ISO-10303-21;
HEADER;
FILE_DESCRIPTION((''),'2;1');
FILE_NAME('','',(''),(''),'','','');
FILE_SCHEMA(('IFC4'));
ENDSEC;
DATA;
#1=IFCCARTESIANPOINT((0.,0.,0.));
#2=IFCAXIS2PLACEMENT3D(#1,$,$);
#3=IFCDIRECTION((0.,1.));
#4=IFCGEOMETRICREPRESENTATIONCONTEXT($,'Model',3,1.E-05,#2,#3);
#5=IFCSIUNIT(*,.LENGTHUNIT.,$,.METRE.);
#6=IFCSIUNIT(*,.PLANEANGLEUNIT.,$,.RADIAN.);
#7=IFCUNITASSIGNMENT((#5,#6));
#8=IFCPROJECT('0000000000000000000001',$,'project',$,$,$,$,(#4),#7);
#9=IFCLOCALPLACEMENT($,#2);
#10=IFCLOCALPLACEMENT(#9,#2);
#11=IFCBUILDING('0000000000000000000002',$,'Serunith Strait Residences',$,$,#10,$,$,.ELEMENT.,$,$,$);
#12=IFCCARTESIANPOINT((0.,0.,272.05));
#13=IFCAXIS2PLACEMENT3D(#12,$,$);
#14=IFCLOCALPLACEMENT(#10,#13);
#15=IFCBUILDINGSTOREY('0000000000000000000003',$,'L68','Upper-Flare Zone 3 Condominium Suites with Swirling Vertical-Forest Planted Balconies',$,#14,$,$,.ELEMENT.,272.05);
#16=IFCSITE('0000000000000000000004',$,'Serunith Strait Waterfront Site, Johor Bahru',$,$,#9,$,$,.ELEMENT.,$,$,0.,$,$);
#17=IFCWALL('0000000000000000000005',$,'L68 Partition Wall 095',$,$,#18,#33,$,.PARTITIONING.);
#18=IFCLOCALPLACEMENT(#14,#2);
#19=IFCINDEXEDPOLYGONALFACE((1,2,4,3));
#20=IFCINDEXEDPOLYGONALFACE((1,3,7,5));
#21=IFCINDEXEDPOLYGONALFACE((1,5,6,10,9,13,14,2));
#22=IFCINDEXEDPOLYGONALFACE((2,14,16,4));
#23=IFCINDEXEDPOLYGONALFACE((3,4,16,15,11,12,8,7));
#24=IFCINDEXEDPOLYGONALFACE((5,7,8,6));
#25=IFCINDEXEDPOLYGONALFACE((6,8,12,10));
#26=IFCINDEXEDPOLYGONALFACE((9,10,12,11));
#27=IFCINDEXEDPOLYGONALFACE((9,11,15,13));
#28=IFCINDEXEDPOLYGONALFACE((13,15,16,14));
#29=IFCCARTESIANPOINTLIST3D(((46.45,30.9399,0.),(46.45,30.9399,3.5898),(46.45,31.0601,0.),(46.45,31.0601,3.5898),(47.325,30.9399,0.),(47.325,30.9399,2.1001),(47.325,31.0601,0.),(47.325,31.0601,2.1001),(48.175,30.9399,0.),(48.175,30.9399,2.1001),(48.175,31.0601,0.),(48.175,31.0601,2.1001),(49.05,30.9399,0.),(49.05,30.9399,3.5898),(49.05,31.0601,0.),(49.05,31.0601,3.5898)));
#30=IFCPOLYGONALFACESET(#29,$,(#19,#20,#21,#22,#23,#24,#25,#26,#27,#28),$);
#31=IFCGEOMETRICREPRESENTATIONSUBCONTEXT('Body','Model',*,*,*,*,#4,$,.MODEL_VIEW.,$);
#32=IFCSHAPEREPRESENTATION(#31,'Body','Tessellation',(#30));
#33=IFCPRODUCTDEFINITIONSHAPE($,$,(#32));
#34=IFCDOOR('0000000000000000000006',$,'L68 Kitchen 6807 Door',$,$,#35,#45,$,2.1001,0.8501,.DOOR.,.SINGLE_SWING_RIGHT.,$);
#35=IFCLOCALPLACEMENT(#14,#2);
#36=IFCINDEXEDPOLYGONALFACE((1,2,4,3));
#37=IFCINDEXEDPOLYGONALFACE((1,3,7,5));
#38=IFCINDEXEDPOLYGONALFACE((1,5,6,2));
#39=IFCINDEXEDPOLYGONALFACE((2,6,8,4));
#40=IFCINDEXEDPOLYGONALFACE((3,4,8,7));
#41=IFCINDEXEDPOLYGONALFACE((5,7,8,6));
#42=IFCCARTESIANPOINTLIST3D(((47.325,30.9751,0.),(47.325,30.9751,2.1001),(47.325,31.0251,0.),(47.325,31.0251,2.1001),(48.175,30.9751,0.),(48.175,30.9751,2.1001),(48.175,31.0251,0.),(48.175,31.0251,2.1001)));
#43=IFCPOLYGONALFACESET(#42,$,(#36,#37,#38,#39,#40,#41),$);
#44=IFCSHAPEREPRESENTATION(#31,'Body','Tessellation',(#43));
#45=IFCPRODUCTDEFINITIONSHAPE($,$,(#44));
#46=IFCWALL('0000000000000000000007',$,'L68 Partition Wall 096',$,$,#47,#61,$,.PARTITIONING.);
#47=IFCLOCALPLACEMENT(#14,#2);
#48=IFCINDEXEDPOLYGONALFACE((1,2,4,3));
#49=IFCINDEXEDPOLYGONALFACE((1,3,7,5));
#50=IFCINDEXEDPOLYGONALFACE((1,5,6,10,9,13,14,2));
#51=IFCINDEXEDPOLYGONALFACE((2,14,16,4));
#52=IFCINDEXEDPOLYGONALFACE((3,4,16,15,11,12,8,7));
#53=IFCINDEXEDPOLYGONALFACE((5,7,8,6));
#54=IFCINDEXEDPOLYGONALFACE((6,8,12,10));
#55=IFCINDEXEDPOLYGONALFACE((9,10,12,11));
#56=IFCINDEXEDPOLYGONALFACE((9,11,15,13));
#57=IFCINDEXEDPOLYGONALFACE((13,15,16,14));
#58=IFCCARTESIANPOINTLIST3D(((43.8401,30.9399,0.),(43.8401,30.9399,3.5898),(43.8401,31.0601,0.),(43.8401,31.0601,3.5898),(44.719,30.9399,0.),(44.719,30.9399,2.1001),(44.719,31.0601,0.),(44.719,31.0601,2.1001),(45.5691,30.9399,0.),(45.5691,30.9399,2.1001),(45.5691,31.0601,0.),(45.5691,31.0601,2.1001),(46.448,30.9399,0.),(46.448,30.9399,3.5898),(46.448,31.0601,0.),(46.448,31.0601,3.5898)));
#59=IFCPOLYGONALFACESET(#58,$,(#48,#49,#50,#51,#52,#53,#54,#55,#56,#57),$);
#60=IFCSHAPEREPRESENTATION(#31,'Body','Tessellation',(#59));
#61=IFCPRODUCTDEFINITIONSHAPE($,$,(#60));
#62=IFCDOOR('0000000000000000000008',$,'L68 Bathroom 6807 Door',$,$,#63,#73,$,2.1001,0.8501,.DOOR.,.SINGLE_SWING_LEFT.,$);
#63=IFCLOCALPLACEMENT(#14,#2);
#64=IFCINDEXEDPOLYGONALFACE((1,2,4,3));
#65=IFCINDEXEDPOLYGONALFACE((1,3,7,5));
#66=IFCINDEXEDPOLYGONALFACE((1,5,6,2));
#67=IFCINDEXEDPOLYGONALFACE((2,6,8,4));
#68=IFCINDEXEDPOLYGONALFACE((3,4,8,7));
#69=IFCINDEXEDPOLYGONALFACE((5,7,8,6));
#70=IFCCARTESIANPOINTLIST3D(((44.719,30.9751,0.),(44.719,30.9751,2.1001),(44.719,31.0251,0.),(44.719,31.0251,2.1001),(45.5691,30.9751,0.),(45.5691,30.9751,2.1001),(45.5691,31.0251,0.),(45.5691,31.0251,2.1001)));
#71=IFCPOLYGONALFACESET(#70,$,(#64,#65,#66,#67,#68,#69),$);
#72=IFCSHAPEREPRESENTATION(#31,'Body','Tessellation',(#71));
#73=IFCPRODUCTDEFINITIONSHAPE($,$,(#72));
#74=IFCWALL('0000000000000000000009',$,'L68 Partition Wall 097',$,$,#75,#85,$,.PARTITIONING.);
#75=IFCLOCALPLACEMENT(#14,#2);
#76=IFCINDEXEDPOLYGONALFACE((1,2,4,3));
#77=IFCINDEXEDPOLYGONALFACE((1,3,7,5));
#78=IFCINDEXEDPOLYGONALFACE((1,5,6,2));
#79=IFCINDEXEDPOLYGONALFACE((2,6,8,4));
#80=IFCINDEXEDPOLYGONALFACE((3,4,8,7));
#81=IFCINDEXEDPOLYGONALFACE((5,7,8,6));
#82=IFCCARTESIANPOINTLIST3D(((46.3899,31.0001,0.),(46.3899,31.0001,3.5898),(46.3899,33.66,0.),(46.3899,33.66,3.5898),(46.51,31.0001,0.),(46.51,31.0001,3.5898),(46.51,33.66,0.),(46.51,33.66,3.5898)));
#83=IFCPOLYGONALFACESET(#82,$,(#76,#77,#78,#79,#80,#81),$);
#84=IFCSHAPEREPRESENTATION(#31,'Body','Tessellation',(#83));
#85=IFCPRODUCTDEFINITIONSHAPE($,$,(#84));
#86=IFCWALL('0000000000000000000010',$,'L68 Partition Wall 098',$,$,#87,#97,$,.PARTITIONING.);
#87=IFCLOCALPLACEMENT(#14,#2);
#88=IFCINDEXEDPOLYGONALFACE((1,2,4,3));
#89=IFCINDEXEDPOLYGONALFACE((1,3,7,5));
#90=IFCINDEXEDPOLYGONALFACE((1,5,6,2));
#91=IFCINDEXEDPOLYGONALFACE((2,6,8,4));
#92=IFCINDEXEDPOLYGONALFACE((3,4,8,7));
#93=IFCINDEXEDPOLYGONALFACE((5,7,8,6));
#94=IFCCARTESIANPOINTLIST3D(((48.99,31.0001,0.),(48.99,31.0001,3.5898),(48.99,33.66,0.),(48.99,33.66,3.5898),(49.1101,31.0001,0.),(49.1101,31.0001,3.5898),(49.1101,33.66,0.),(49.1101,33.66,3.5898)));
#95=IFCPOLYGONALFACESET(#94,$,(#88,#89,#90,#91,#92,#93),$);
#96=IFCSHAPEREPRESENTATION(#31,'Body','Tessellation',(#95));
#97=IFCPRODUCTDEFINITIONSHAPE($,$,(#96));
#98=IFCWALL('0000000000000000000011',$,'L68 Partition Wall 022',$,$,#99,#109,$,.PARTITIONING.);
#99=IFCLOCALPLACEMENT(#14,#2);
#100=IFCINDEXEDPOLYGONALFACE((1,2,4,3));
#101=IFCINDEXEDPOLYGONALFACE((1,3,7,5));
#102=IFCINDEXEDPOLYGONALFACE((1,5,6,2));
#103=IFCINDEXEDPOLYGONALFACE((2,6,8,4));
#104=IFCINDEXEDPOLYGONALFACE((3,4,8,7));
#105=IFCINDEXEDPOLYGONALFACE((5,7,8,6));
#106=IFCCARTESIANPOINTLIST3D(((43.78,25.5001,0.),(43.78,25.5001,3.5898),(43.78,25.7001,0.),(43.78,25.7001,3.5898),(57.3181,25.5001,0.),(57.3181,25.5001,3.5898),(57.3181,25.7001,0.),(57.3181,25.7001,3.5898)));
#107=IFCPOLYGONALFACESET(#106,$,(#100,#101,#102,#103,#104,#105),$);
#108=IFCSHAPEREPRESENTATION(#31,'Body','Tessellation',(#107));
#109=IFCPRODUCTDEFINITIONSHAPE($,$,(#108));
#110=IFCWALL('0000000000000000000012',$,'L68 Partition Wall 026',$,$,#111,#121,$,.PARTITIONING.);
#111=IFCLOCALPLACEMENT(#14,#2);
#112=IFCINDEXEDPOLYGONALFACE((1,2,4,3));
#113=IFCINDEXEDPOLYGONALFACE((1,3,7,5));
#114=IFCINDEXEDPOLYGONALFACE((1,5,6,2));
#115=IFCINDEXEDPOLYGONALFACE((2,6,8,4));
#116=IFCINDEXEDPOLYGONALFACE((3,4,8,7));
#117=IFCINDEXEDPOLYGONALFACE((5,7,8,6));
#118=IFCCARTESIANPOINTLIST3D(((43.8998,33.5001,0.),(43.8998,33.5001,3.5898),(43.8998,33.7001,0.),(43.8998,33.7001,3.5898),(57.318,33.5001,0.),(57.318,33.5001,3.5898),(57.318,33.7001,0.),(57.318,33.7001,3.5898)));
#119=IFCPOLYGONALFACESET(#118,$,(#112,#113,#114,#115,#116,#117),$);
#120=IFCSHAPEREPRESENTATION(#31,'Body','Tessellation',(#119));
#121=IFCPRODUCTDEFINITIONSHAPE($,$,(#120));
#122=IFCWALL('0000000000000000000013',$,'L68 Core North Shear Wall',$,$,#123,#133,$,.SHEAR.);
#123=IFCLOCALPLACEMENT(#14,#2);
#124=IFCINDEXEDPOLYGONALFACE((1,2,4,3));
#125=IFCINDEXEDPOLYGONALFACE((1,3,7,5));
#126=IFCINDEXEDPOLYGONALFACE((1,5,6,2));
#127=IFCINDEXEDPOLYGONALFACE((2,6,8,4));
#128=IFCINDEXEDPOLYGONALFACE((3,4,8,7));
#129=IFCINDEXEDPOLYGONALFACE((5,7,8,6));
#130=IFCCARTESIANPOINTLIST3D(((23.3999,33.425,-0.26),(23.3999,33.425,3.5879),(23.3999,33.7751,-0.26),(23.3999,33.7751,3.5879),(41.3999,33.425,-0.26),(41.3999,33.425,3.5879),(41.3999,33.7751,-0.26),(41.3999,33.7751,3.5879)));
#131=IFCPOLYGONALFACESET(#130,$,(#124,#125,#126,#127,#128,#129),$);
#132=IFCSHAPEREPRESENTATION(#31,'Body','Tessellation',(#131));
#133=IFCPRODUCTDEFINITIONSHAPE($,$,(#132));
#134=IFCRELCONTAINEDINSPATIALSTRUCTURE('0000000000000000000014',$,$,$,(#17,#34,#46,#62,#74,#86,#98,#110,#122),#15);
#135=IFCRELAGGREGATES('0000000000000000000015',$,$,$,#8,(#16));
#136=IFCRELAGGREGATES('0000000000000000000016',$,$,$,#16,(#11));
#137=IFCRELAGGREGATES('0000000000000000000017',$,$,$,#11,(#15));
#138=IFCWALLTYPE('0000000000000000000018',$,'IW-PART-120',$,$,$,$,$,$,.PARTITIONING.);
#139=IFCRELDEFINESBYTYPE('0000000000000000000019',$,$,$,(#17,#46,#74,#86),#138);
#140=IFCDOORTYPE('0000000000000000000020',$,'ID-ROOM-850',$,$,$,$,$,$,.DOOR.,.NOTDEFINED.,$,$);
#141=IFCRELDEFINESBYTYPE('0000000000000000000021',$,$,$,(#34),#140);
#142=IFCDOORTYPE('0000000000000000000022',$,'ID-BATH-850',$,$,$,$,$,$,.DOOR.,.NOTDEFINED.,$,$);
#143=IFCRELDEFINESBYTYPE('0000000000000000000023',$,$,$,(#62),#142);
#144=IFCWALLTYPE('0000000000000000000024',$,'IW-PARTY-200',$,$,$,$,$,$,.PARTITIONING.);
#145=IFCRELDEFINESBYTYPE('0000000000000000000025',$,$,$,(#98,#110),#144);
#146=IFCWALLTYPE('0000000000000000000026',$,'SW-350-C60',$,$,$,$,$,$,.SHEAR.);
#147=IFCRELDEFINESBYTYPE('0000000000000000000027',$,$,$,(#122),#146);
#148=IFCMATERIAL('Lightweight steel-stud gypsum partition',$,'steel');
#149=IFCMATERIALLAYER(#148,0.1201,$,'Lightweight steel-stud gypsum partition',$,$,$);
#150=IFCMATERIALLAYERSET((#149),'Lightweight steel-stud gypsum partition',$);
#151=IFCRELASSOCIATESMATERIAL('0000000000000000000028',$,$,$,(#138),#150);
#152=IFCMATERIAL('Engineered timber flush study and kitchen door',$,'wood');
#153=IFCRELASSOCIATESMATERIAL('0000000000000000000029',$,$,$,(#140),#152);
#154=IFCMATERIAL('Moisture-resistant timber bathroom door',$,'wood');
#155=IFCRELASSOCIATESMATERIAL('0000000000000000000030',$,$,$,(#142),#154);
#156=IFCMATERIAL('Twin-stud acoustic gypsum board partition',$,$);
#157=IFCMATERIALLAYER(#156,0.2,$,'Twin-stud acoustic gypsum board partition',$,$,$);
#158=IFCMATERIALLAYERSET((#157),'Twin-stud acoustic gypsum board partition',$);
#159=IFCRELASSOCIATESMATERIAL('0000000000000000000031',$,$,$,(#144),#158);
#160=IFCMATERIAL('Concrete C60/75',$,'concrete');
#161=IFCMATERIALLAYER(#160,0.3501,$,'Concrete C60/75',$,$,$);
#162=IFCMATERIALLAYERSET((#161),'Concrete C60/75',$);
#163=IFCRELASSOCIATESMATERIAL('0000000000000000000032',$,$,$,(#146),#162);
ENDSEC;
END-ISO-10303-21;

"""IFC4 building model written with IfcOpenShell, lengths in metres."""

from ifc_helpers import new_model, si_unit, direction, frame, frame_2d, origin, place, context, subcontext, project, spatial, rectangle, extrude, source, transform, mapped, material, layer, layer_set, type_object, element, fill, save


model = new_model("IFC4")

# Units and contexts
model_context = context("Model", 3, precision=1e-05, world=origin(), true_north=direction((0.0, 1.0)))
body_context = subcontext(model_context, "Body", "Model", "MODEL_VIEW")
ifc_project = project(units=[si_unit("LENGTHUNIT", "METRE"), si_unit("PLANEANGLEUNIT", "RADIAN")], contexts=[model_context])

# Site, building, storey
site_placement = place(None, origin())
site = spatial("IfcSite", under=ifc_project, at=site_placement, Name="Serunith Strait Waterfront Site, Johor Bahru", CompositionType="ELEMENT", RefElevation=0.0)
building_placement = place(site_placement, origin())
building = spatial("IfcBuilding", under=site, at=building_placement, Name="Serunith Strait Residences", CompositionType="ELEMENT")
storey_placement = place(building_placement, frame((0.0, 0.0, 272.05)))
storey = spatial("IfcBuildingStorey", under=building, at=storey_placement, Name="L68", Description="Upper-Flare Zone 3 Condominium Suites with Swirling Vertical-Forest Planted Balconies", CompositionType="ELEMENT", Elevation=272.05)

# Walls, openings, doors
ifc_material_1 = material(Name="Lightweight steel-stud gypsum partition", Category="steel")
ifc_layer_1 = layer(ifc_material_1, 0.1201, Name="Lightweight steel-stud gypsum partition")
ifc_layer_set_1 = layer_set([ifc_layer_1], Name="Lightweight steel-stud gypsum partition")
wall_type_1 = type_object("IfcWallType", Name="IW-PART-120", PredefinedType="PARTITIONING", material=ifc_layer_set_1)
wall_1_placement = place(storey_placement, frame((49.05, 31.0, 0.0), z_axis=(0.0, 0.0, 1.0), x_axis=(-1.0, 0.0, 0.0)))
wall_1 = element("IfcWall", 1, at=wall_1_placement, inside=storey, type_object=wall_type_1, Name="L68 Partition Wall 095", PredefinedType="PARTITIONING", context=body_context, shape_type="SweptSolid", body=[
    extrude(rectangle(XDim=2.6001, YDim=0.1201, at=frame_2d((1.3, 0.0))), origin(), (0.0, 0.0, 1.0), 3.5898),
])
opening_1_placement = place(wall_1_placement, frame((0.875, 0.0, 0.0)))
opening_1 = element("IfcOpeningElement", 2, at=opening_1_placement, cuts=wall_1, PredefinedType="OPENING", context=body_context, shape_type="SweptSolid", body=[
    extrude(rectangle(XDim=0.8501, YDim=2.1001, at=frame_2d((0.425, 1.05))), frame((0.0, 0.0701, 0.0), z_axis=(0.0, -1.0, 0.0), x_axis=(1.0, 0.0, 0.0)), (0.0, 0.0, 1.0), 0.1401),
])
ifc_material_2 = material(Name="Engineered timber flush study and kitchen door", Category="wood")
door_type_1 = type_object("IfcDoorType", Name="ID-ROOM-850", OperationType="NOTDEFINED", PredefinedType="DOOR", material=ifc_material_2)
shared_shape_1 = source(origin(), body_context, "Body", "SweptSolid", [
    extrude(rectangle(XDim=0.8501, YDim=2.1001, at=frame_2d((0.425, 1.05))), frame((0.0, 0.0249, 0.0), z_axis=(0.0, -1.0, 0.0), x_axis=(1.0, 0.0, 0.0)), (0.0, 0.0, 1.0), 0.05),
])
door_1_placement = place(opening_1_placement, origin())
door_1 = element("IfcDoor", 3, at=door_1_placement, inside=storey, type_object=door_type_1, Name="L68 Kitchen 6807 Door", OperationType="SINGLE_SWING_RIGHT", OverallHeight=2.1001, OverallWidth=0.8501, PredefinedType="DOOR", context=body_context, shape_type="MappedRepresentation", body=[
    mapped(shared_shape_1, transform((0.0, 0.0, 0.0), scale=1.0)),
])
fill(opening_1, door_1)
wall_2_placement = place(storey_placement, frame((46.448, 31.0, 0.0), z_axis=(0.0, 0.0, 1.0), x_axis=(-1.0, 0.0, 0.0)))
wall_2 = element("IfcWall", 4, at=wall_2_placement, inside=storey, type_object=wall_type_1, Name="L68 Partition Wall 096", PredefinedType="PARTITIONING", context=body_context, shape_type="SweptSolid", body=[
    extrude(rectangle(XDim=2.6079, YDim=0.1201, at=frame_2d((1.304, 0.0))), origin(), (0.0, 0.0, 1.0), 3.5898),
])
opening_2_placement = place(wall_2_placement, frame((0.8789, 0.0, 0.0)))
opening_2 = element("IfcOpeningElement", 5, at=opening_2_placement, cuts=wall_2, PredefinedType="OPENING", context=body_context, shape_type="SweptSolid", body=[
    extrude(rectangle(XDim=0.8501, YDim=2.1001, at=frame_2d((0.425, 1.05))), frame((0.0, 0.0701, 0.0), z_axis=(0.0, -1.0, 0.0), x_axis=(1.0, 0.0, 0.0)), (0.0, 0.0, 1.0), 0.1401),
])
ifc_material_3 = material(Name="Moisture-resistant timber bathroom door", Category="wood")
door_type_2 = type_object("IfcDoorType", Name="ID-BATH-850", OperationType="NOTDEFINED", PredefinedType="DOOR", material=ifc_material_3)
door_2_placement = place(opening_2_placement, origin())
door_2 = element("IfcDoor", 6, at=door_2_placement, inside=storey, type_object=door_type_2, Name="L68 Bathroom 6807 Door", OperationType="SINGLE_SWING_LEFT", OverallHeight=2.1001, OverallWidth=0.8501, PredefinedType="DOOR", context=body_context, shape_type="MappedRepresentation", body=[
    mapped(shared_shape_1, transform((0.0, 0.0, 0.0), scale=1.0)),
])
fill(opening_2, door_2)

# Walls
for number, where, z_axis, x_axis, name in (
    (7, (46.45, 31.0, 0.0), (0.0, 0.0, 1.0), (0.0, 1.0, 0.0), "L68 Partition Wall 097"),
    (8, (49.05, 31.0, 0.0), (0.0, 0.0, 1.0), (0.0, 1.0, 0.0), "L68 Partition Wall 098"),
):
    element("IfcWall", number, at=place(storey_placement, frame(where, z_axis=z_axis, x_axis=x_axis)), inside=storey, type_object=wall_type_1, Name=name, PredefinedType="PARTITIONING", context=body_context, shape_type="SweptSolid", body=[
        extrude(rectangle(XDim=2.6599, YDim=0.1201, at=frame_2d((1.3301, 0.0))), origin(), (0.0, 0.0, 1.0), 3.5898),
    ])
ifc_material_4 = material(Name="Twin-stud acoustic gypsum board partition")
ifc_layer_2 = layer(ifc_material_4, 0.2, Name="Twin-stud acoustic gypsum board partition")
ifc_layer_set_2 = layer_set([ifc_layer_2], Name="Twin-stud acoustic gypsum board partition")
wall_type_2 = type_object("IfcWallType", Name="IW-PARTY-200", PredefinedType="PARTITIONING", material=ifc_layer_set_2)
wall_3_placement = place(storey_placement, frame((43.78, 25.6001, 0.0), z_axis=(0.0, 0.0, 1.0), x_axis=(1.0, 0.0, 0.0)))
element("IfcWall", 9, at=wall_3_placement, inside=storey, type_object=wall_type_2, Name="L68 Partition Wall 022", PredefinedType="PARTITIONING", context=body_context, shape_type="SweptSolid", body=[
    extrude(rectangle(XDim=13.5381, YDim=0.2, at=frame_2d((6.769, 0.0))), origin(), (0.0, 0.0, 1.0), 3.5898),
])
wall_4_placement = place(storey_placement, frame((43.8999, 33.6001, 0.0), z_axis=(0.0, 0.0, 1.0), x_axis=(1.0, 0.0, 0.0)))
element("IfcWall", 10, at=wall_4_placement, inside=storey, type_object=wall_type_2, Name="L68 Partition Wall 026", PredefinedType="PARTITIONING", context=body_context, shape_type="SweptSolid", body=[
    extrude(rectangle(XDim=13.4182, YDim=0.2, at=frame_2d((6.709, 0.0))), origin(), (0.0, 0.0, 1.0), 3.5898),
])
ifc_material_5 = material(Name="Concrete C60/75", Category="concrete")
ifc_layer_3 = layer(ifc_material_5, 0.3501, Name="Concrete C60/75")
ifc_layer_set_3 = layer_set([ifc_layer_3], Name="Concrete C60/75")
wall_type_3 = type_object("IfcWallType", Name="SW-350-C60", PredefinedType="SHEAR", material=ifc_layer_set_3)
wall_5_placement = place(storey_placement, frame((41.3999, 33.6001, -0.26), z_axis=(0.0, 0.0, 1.0), x_axis=(-1.0, 0.0, 0.0)))
element("IfcWall", 11, at=wall_5_placement, inside=storey, type_object=wall_type_3, Name="L68 Core North Shear Wall", PredefinedType="SHEAR", context=body_context, shape_type="SweptSolid", body=[
    extrude(rectangle(XDim=18.0, YDim=0.3501, at=frame_2d((9.0, 0.0))), origin(), (0.0, 0.0, 1.0), 3.8479),
])

save(model, "model.ifc")
